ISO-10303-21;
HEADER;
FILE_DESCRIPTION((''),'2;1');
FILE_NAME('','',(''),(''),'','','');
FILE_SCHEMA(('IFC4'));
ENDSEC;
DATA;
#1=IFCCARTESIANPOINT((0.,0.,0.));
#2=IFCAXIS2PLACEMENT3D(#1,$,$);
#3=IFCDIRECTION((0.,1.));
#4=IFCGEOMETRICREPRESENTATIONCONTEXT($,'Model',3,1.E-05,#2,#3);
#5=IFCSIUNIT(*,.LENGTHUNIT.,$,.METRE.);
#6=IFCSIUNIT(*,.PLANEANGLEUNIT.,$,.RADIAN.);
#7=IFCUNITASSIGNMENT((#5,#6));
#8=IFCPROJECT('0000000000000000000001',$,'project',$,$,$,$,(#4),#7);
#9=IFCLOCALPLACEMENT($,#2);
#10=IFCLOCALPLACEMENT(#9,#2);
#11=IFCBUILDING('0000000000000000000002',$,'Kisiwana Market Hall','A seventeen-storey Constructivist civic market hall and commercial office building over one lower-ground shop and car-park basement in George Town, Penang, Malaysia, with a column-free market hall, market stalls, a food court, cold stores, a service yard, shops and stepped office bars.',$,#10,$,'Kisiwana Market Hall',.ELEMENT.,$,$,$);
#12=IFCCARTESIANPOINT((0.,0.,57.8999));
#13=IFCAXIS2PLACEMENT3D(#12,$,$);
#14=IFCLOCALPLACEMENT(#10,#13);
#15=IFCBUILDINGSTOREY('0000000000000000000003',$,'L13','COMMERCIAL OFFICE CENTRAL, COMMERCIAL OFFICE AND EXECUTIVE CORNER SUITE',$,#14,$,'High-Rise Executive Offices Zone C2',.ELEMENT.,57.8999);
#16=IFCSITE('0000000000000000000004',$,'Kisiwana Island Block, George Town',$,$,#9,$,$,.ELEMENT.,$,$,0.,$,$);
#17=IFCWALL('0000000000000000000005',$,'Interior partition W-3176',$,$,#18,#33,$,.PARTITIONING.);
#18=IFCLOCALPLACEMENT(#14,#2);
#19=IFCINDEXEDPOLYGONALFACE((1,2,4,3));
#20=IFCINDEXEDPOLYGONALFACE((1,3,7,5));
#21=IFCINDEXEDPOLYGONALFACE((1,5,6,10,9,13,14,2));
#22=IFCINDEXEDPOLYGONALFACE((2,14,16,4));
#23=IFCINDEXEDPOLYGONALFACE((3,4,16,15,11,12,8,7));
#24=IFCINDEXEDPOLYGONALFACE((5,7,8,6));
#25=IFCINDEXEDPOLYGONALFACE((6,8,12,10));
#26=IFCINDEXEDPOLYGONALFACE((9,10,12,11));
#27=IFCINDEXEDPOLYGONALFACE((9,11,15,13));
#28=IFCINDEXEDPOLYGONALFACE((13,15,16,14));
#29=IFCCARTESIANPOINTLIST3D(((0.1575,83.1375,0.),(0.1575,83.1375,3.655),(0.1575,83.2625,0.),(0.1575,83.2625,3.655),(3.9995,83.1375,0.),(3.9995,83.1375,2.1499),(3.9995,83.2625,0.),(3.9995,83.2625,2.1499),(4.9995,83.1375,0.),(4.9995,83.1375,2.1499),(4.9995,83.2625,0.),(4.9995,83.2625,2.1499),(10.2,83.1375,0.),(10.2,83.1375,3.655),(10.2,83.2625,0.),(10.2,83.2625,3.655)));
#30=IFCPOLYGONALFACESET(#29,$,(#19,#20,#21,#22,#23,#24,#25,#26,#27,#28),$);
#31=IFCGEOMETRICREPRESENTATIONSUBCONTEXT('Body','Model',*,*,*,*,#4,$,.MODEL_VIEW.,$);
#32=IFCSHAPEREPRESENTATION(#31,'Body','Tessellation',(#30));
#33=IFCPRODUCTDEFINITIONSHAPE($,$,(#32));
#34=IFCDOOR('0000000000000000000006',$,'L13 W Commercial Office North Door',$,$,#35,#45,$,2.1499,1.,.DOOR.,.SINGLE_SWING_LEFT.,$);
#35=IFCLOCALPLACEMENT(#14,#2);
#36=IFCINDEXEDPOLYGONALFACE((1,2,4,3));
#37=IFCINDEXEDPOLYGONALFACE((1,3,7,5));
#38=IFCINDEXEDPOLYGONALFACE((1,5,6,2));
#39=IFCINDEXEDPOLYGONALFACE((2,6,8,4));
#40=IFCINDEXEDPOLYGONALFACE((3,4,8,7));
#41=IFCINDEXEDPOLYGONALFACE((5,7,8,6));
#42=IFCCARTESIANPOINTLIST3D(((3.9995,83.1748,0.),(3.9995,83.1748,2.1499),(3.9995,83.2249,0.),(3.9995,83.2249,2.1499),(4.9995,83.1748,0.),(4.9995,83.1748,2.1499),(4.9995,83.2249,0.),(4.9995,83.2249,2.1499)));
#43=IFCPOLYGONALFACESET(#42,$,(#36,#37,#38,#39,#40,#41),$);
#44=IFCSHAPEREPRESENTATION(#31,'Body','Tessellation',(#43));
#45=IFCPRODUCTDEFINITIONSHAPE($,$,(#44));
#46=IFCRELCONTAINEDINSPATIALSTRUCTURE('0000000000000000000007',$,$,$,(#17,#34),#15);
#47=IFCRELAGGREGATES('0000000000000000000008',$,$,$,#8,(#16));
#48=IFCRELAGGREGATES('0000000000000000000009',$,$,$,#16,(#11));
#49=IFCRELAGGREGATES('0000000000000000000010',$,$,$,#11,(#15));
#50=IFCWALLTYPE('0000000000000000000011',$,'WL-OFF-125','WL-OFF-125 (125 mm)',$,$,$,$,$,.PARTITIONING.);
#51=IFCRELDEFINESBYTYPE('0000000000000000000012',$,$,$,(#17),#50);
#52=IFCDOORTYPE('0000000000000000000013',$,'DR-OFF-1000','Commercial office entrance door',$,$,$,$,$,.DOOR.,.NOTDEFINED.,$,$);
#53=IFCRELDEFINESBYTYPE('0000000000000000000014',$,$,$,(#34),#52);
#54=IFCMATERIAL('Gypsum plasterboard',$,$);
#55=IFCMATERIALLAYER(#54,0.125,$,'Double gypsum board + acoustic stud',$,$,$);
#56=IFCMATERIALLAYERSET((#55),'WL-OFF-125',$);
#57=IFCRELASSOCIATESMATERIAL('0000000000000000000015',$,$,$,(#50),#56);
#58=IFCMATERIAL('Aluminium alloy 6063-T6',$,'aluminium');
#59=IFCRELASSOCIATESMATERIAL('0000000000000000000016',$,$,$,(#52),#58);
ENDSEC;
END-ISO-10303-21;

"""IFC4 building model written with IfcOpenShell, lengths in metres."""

from ifc_helpers import new_model, si_unit, direction, frame, frame_2d, origin, place, context, subcontext, project, spatial, rectangle, extrude, material, layer, layer_set, type_object, element, fill, save


model = new_model("IFC4")

# Units and contexts
model_context = context("Model", 3, precision=1e-05, world=origin(), true_north=direction((0.0, 1.0)))
body_context = subcontext(model_context, "Body", "Model", "MODEL_VIEW")
ifc_project = project(units=[si_unit("LENGTHUNIT", "METRE"), si_unit("PLANEANGLEUNIT", "RADIAN")], contexts=[model_context])

# Site, building, storey
site_placement = place(None, origin())
site = spatial("IfcSite", under=ifc_project, at=site_placement, Name="Kisiwana Island Block, George Town", CompositionType="ELEMENT", RefElevation=0.0)
building_placement = place(site_placement, origin())
building = spatial("IfcBuilding", under=site, at=building_placement, Name="Kisiwana Market Hall", Description="A seventeen-storey Constructivist civic market hall and commercial office building over one lower-ground shop and car-park basement in George Town, Penang, Malaysia, with a column-free market hall, market stalls, a food court, cold stores, a service yard, shops and stepped office bars.", LongName="Kisiwana Market Hall", CompositionType="ELEMENT")
storey_placement = place(building_placement, frame((0.0, 0.0, 57.8999)))
storey = spatial("IfcBuildingStorey", under=building, at=storey_placement, Name="L13", Description="COMMERCIAL OFFICE CENTRAL, COMMERCIAL OFFICE AND EXECUTIVE CORNER SUITE", LongName="High-Rise Executive Offices Zone C2", CompositionType="ELEMENT", Elevation=57.8999)

# Shared definitions
ifc_material_1 = material(Name="Gypsum plasterboard")
ifc_layer_1 = layer(ifc_material_1, 0.125, Name="Double gypsum board + acoustic stud")
ifc_layer_set_1 = layer_set([ifc_layer_1], Name="WL-OFF-125")
wall_type_1 = type_object("IfcWallType", Name="WL-OFF-125", Description="WL-OFF-125 (125 mm)", PredefinedType="PARTITIONING", material=ifc_layer_set_1)

# Wall, opening, door
wall_1_placement = place(storey_placement, frame((0.1575, 83.2, 0.0), z_axis=(0.0, 0.0, 1.0), x_axis=(1.0, 0.0, 0.0)))
wall_1 = element("IfcWall", 1, at=wall_1_placement, inside=storey, type_object=wall_type_1, Name="Interior partition W-3176", PredefinedType="PARTITIONING", context=body_context, shape_type="SweptSolid", body=[
    extrude(rectangle(XDim=10.0425, YDim=0.125, at=frame_2d((5.0212, 0.0))), origin(), (0.0, 0.0, 1.0), 3.655),
])
opening_1_placement = place(wall_1_placement, frame((3.842, 0.0, 0.0)))
opening_1 = element("IfcOpeningElement", 2, at=opening_1_placement, cuts=wall_1, PredefinedType="OPENING", context=body_context, shape_type="SweptSolid", body=[
    extrude(rectangle(XDim=1.0, YDim=2.1499, at=frame_2d((0.5, 1.075))), frame((0.0, 0.0745, 0.0), z_axis=(0.0, -1.0, 0.0), x_axis=(1.0, 0.0, 0.0)), (0.0, 0.0, 1.0), 0.1489),
])
ifc_material_2 = material(Name="Aluminium alloy 6063-T6", Category="aluminium")
door_type_1 = type_object("IfcDoorType", Name="DR-OFF-1000", Description="Commercial office entrance door", OperationType="NOTDEFINED", PredefinedType="DOOR", material=ifc_material_2)
door_1_placement = place(opening_1_placement, origin())
door_1 = element("IfcDoor", 3, at=door_1_placement, inside=storey, type_object=door_type_1, Name="L13 W Commercial Office North Door", OperationType="SINGLE_SWING_LEFT", OverallHeight=2.1499, OverallWidth=1.0, PredefinedType="DOOR", context=body_context, shape_type="SweptSolid", body=[
    extrude(rectangle(XDim=1.0, YDim=2.1499, at=frame_2d((0.5, 1.075))), frame((0.0, 0.0249, 0.0), z_axis=(0.0, -1.0, 0.0), x_axis=(1.0, 0.0, 0.0)), (0.0, 0.0, 1.0), 0.05),
])
fill(opening_1, door_1)

save(model, "model.ifc")
